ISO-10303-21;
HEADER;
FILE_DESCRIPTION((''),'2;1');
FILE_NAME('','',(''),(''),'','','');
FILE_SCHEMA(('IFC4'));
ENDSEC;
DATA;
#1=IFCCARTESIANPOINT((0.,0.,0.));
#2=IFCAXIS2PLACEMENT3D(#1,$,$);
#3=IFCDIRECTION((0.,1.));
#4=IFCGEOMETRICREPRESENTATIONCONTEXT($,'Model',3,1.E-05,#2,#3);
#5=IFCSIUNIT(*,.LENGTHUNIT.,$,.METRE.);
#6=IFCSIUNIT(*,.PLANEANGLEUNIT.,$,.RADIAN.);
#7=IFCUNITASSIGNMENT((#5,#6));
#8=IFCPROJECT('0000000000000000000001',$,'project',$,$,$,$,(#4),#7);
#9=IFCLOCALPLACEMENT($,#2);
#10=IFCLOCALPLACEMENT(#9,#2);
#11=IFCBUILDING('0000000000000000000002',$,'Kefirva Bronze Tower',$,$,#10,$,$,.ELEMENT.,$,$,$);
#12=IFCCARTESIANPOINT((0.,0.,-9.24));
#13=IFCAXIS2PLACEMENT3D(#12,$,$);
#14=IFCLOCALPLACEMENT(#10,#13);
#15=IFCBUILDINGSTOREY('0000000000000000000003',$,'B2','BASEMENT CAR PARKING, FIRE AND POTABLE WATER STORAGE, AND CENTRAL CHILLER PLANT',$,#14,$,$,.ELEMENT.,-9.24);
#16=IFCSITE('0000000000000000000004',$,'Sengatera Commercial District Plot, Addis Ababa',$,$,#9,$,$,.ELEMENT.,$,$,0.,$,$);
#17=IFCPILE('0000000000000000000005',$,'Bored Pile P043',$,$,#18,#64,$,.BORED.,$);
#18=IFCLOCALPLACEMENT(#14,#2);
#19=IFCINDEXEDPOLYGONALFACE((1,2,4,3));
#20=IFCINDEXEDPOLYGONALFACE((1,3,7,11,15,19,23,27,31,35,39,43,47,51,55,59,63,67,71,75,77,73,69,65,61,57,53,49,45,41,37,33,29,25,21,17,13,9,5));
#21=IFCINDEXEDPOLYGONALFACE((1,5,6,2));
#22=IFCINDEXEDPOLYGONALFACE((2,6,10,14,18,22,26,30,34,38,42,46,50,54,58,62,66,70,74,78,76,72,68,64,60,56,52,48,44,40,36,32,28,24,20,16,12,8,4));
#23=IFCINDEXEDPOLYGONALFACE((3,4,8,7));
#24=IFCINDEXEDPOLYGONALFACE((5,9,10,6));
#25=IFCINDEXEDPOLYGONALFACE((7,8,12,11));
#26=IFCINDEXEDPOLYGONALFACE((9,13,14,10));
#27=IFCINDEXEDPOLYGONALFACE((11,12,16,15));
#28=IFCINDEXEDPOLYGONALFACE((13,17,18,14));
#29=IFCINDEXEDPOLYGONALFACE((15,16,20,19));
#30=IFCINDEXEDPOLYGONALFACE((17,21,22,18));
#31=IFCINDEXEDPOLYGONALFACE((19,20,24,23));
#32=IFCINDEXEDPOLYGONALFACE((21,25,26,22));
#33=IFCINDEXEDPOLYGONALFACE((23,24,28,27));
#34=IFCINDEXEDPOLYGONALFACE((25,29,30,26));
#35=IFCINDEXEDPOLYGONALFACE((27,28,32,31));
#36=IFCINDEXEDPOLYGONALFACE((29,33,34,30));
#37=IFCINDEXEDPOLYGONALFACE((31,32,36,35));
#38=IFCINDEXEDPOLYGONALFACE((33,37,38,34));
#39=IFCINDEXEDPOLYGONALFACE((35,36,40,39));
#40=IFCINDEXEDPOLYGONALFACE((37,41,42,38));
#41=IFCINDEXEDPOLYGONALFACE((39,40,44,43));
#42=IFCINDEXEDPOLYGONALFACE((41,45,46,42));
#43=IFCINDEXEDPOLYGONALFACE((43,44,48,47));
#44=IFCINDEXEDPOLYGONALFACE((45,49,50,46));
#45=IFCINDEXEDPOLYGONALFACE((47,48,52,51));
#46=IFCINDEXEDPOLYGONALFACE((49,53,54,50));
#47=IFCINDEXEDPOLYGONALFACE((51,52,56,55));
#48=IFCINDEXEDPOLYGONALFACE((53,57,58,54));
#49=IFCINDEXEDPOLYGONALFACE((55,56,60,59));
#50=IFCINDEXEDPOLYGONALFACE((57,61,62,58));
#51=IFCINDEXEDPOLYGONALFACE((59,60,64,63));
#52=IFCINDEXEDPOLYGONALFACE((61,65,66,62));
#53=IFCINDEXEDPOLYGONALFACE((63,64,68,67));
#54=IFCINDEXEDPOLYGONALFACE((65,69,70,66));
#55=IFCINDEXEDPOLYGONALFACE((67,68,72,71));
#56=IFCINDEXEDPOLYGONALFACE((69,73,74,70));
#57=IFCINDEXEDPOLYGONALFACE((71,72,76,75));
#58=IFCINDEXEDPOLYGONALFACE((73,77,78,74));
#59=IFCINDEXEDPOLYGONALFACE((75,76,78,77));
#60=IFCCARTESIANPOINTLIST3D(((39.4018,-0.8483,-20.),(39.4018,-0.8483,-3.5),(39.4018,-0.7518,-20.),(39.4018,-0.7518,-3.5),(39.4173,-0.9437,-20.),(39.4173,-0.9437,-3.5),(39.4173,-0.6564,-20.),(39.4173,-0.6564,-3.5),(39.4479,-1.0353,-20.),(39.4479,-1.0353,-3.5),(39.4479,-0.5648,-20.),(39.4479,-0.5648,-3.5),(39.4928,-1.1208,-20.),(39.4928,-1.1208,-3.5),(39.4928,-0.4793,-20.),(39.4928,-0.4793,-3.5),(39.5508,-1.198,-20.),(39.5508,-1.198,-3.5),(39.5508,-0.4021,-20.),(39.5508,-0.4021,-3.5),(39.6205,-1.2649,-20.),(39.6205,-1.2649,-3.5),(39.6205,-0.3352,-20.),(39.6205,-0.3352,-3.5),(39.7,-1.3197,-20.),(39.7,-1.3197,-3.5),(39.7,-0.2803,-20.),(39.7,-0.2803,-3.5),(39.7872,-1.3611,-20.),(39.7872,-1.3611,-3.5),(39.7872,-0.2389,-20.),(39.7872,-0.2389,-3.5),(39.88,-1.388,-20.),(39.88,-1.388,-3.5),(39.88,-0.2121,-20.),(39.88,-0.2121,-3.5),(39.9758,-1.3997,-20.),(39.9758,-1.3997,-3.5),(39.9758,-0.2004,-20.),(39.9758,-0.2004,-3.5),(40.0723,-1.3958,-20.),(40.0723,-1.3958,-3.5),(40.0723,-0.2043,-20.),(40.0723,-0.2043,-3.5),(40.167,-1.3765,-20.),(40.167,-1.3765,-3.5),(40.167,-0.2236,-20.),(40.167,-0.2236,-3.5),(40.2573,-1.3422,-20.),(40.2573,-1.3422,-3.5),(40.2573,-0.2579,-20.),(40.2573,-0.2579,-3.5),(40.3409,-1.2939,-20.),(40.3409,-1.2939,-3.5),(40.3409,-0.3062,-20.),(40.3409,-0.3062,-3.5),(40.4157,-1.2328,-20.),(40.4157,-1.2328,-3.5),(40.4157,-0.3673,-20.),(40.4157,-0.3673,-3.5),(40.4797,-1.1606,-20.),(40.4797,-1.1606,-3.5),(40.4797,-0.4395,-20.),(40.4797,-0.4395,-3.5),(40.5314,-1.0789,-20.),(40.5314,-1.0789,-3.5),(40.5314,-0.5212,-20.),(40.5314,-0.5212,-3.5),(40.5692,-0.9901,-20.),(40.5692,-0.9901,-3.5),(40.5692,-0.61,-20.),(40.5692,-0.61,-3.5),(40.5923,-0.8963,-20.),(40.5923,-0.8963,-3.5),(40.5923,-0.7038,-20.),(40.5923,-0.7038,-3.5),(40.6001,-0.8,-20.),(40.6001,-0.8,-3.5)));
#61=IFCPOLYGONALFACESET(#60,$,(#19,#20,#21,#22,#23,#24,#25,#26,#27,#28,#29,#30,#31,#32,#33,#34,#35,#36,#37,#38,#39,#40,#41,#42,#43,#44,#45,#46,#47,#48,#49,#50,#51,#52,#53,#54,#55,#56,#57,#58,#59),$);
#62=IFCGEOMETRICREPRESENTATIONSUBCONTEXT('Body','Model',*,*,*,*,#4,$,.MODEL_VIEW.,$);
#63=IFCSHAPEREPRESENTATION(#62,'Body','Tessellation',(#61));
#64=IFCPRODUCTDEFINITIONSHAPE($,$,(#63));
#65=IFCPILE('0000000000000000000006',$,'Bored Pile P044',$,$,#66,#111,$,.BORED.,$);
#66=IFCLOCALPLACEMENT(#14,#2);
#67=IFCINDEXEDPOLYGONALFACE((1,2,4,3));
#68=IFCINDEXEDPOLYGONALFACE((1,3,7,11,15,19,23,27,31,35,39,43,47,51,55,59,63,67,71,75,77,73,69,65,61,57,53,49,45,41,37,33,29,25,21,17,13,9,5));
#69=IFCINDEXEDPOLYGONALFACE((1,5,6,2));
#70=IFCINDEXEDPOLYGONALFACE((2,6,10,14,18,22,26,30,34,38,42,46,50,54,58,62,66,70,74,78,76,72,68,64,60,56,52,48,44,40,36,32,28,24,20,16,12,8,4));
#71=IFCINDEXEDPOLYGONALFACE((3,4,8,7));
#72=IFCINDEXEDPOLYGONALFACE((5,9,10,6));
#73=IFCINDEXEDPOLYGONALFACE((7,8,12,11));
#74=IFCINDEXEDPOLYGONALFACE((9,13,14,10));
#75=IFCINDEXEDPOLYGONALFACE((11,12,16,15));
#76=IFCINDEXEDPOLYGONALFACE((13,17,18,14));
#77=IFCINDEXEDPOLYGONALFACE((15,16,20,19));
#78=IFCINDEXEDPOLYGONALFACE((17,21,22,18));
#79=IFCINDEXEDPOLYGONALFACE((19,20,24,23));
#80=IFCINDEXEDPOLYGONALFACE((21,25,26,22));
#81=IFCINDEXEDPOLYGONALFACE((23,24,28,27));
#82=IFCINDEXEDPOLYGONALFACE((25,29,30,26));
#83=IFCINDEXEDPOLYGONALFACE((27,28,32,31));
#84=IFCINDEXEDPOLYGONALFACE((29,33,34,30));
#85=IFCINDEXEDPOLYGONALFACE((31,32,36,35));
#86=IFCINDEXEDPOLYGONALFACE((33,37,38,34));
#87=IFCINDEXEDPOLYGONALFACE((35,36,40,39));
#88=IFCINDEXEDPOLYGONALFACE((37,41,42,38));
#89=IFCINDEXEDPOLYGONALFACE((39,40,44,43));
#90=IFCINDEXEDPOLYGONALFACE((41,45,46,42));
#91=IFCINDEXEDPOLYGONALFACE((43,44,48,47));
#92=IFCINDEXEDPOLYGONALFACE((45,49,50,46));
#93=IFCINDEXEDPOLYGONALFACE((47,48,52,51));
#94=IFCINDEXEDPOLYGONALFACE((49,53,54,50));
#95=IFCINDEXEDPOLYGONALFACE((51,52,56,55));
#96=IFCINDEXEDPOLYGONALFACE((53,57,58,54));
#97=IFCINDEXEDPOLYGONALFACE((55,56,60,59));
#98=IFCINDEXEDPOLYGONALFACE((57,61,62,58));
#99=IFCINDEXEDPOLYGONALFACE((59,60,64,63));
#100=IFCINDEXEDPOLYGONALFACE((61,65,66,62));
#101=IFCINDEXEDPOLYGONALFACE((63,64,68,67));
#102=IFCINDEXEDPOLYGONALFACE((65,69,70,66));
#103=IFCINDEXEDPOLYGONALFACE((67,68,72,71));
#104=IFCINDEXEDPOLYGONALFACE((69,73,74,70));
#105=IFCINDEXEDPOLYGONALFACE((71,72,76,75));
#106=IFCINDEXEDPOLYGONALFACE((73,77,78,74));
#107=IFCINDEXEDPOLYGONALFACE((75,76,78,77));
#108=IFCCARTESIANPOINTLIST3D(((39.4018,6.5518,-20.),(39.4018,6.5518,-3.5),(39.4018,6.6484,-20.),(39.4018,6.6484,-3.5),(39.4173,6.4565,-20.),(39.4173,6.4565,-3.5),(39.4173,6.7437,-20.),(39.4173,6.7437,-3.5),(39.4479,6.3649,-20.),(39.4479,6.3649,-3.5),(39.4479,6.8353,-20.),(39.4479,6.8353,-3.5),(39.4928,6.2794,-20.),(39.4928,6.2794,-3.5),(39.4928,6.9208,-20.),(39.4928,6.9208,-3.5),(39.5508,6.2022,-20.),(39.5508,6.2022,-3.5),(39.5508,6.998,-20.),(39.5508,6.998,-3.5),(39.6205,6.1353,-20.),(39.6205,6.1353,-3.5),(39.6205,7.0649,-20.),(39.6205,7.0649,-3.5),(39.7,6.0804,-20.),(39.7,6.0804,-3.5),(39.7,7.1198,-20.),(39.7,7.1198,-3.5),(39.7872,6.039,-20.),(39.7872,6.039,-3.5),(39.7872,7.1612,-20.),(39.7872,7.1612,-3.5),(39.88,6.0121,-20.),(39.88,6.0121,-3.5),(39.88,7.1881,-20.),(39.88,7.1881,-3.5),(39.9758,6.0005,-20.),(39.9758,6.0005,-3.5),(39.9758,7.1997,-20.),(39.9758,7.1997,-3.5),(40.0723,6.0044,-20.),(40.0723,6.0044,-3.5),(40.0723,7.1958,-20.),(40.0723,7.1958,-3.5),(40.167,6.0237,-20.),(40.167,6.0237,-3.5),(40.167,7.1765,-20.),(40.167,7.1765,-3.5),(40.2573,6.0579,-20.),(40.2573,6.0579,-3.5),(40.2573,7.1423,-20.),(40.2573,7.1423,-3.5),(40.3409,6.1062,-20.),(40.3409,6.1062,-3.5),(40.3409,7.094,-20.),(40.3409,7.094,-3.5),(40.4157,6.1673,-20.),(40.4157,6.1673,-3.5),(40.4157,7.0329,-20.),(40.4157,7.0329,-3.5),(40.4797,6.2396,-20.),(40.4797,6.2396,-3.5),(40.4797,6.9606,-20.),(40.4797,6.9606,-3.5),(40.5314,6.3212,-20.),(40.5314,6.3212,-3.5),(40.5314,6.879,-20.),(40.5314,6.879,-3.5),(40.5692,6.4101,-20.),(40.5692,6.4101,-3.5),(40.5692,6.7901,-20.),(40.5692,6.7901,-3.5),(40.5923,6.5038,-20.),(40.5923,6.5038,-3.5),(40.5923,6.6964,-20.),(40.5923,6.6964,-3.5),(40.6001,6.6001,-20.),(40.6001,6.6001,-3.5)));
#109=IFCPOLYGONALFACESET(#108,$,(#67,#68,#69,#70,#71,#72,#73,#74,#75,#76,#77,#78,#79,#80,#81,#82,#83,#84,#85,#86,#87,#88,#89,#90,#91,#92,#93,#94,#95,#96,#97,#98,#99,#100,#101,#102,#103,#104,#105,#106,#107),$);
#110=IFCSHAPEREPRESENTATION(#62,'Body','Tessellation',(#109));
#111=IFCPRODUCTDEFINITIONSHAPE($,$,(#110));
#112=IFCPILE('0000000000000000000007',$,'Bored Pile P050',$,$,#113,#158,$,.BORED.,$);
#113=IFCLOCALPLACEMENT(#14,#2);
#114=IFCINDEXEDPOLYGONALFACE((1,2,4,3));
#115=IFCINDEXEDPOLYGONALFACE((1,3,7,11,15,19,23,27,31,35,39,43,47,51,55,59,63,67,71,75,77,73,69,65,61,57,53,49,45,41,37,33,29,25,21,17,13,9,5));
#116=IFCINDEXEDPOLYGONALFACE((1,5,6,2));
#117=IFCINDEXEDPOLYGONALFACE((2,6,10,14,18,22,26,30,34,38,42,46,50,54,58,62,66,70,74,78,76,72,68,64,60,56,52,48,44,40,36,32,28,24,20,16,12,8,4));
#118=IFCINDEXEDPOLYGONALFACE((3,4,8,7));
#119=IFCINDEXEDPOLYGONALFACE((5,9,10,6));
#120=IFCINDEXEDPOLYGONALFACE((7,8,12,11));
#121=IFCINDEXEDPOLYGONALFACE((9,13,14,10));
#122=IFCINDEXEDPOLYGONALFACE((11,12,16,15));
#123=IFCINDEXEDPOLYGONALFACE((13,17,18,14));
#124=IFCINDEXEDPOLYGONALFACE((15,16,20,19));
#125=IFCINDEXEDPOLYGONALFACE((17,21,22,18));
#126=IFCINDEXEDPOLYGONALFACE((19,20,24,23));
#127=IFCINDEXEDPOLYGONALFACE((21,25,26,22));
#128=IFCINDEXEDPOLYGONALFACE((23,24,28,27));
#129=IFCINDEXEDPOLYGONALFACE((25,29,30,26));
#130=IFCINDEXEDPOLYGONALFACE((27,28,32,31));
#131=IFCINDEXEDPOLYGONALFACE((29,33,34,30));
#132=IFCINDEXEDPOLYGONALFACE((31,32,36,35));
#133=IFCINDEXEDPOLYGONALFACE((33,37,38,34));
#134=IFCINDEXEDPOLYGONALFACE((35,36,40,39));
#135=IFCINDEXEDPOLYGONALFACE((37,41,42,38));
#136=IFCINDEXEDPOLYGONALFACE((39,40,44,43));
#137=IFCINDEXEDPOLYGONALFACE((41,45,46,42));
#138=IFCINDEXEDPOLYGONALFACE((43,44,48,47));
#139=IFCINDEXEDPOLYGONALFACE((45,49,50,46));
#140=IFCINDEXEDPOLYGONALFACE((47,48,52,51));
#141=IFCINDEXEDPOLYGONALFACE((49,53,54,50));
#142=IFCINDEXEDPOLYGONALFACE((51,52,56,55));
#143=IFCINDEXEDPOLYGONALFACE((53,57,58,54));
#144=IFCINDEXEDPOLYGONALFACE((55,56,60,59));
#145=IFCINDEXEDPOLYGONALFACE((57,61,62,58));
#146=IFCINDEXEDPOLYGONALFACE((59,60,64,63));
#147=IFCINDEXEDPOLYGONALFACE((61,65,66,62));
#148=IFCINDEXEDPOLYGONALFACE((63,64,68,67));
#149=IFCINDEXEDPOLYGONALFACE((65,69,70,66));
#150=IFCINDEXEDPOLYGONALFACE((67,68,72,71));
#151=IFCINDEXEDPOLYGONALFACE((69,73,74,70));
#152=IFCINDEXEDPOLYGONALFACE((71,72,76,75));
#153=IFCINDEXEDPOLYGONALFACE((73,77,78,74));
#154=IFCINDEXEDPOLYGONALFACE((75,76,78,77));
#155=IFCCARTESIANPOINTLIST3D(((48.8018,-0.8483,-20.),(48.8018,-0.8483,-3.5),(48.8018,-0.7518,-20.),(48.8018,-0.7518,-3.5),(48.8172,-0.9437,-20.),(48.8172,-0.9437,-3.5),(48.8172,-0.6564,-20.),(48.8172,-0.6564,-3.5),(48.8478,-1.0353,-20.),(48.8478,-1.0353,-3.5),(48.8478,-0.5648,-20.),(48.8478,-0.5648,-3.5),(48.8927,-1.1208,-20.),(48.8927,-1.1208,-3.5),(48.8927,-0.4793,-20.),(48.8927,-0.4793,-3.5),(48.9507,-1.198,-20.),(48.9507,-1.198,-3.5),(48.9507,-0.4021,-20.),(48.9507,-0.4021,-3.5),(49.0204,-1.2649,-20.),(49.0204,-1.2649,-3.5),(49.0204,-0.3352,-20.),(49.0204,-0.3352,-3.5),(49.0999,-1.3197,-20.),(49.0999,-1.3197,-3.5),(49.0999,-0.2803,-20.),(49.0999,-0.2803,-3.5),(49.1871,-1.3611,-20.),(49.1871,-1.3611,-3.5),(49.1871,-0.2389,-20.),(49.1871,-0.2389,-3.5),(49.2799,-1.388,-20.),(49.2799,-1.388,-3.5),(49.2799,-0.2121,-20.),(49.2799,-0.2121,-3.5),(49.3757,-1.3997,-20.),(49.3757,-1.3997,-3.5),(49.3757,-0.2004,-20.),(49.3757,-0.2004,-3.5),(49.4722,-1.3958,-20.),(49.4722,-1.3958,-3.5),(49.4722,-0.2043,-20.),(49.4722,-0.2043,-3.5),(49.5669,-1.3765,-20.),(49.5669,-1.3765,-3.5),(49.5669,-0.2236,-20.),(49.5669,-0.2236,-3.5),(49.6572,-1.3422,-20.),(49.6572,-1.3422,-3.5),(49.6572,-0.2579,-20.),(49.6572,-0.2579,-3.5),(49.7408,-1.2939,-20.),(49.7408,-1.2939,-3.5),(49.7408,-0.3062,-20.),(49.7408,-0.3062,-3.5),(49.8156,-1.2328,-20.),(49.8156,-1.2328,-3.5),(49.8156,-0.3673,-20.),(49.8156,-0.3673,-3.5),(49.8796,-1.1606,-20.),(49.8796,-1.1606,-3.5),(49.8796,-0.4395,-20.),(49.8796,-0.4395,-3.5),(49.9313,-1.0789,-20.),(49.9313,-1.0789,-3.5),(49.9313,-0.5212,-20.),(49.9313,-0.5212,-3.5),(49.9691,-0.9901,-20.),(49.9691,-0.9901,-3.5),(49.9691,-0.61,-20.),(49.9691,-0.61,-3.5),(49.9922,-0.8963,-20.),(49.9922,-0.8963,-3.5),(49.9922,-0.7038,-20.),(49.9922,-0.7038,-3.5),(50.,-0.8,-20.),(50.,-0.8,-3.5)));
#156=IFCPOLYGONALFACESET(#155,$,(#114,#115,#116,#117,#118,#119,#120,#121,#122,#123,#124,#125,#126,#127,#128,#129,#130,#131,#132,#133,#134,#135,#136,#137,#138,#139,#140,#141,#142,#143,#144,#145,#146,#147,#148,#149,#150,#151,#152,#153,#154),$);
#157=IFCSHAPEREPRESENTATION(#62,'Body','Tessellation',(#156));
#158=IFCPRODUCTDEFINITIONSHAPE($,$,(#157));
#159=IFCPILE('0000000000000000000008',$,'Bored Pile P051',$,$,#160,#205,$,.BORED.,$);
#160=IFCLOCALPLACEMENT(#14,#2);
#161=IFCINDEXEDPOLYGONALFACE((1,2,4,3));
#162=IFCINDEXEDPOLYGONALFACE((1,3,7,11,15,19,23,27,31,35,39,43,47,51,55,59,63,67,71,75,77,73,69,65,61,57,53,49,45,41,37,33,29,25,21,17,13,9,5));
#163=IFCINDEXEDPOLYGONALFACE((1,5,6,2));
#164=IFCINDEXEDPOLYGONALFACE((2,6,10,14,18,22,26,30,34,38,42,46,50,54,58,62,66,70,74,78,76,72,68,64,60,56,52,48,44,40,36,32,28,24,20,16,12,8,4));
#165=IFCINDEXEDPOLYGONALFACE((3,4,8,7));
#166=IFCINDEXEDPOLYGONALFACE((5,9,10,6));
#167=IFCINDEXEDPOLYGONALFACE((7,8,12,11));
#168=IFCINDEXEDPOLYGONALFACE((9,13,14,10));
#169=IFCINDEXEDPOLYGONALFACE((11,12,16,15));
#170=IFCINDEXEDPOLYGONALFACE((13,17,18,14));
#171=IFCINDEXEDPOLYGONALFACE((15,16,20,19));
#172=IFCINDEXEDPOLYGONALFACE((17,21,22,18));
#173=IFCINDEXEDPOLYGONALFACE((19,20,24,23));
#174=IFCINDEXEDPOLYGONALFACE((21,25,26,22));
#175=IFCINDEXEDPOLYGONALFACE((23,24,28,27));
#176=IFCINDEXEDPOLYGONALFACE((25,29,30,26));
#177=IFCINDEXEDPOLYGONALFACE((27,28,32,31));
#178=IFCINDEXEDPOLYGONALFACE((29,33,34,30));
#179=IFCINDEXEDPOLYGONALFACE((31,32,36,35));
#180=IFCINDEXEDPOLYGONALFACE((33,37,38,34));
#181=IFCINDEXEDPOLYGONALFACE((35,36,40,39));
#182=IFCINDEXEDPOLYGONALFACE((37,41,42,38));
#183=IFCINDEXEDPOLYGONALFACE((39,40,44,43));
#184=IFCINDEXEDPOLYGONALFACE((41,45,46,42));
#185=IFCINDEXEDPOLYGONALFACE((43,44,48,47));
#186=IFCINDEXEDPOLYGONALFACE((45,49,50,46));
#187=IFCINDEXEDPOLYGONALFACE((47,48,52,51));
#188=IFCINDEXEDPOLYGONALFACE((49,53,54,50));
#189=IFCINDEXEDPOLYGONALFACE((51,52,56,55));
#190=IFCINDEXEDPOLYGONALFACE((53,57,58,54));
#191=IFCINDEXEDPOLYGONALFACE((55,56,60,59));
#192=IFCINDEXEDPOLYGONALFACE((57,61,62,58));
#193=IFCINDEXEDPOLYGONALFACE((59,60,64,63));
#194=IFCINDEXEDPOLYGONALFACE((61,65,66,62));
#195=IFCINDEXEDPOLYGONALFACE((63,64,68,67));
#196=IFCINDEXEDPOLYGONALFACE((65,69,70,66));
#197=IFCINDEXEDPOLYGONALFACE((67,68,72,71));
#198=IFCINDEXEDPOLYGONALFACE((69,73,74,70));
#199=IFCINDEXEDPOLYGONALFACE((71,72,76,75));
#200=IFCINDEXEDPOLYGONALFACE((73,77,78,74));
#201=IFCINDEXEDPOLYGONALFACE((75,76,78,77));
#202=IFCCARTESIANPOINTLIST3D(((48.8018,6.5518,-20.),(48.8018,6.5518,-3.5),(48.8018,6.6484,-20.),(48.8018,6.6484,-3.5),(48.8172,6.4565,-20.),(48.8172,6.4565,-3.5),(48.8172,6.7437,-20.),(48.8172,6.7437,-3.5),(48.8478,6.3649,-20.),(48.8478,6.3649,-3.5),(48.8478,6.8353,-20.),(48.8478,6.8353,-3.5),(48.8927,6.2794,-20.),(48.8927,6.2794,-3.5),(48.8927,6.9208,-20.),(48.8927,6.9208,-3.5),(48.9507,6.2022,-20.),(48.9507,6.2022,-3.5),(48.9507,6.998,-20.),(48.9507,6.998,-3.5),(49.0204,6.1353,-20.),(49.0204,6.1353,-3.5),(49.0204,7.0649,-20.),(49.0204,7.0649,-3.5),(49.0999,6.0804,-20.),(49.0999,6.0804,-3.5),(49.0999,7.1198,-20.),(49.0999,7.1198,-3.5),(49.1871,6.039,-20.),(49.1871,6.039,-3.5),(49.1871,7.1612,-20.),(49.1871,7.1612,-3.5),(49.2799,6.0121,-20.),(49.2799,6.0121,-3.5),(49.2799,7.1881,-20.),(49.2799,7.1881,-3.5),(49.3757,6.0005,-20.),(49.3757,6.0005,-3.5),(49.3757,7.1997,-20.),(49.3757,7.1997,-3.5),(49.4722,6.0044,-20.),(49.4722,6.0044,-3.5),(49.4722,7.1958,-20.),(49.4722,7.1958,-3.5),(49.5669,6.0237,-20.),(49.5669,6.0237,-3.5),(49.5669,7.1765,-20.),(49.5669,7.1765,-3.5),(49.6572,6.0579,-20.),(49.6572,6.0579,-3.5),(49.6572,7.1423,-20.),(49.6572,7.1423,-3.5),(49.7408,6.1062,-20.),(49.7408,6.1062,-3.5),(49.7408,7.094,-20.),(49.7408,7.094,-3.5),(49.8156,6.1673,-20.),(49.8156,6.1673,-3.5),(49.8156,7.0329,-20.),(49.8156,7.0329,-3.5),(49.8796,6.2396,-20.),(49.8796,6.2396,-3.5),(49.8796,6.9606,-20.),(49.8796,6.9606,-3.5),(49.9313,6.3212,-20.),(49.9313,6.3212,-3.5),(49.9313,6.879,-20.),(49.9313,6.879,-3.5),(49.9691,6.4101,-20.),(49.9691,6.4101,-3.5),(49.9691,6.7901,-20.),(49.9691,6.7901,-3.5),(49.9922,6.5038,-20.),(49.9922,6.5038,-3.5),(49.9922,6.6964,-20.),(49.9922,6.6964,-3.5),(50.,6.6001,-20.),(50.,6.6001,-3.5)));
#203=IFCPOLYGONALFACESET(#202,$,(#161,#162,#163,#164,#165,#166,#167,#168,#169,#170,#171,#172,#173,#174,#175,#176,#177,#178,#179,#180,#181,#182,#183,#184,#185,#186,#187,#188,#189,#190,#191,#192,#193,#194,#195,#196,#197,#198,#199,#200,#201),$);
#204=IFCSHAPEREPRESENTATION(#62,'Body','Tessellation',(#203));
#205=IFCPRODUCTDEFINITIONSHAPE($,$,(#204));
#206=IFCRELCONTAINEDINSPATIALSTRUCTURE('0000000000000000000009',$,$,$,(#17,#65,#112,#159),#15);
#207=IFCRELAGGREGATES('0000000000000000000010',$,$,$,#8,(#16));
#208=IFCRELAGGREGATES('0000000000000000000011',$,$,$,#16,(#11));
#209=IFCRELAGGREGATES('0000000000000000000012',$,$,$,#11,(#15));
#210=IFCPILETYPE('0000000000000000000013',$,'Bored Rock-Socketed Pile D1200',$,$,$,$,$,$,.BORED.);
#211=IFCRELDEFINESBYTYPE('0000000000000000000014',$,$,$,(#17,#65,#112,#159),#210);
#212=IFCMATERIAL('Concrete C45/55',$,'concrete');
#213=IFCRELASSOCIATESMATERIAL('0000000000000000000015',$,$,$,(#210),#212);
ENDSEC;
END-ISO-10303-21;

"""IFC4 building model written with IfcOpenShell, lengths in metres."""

from ifc_helpers import new_model, si_unit, direction, frame, origin, origin_2d, place, context, subcontext, project, spatial, circle, extrude, material, material_profile, profile_set, type_object, element, save


model = new_model("IFC4")

# Units and contexts
model_context = context("Model", 3, precision=1e-05, world=origin(), true_north=direction((0.0, 1.0)))
body_context = subcontext(model_context, "Body", "Model", "MODEL_VIEW")
ifc_project = project(units=[si_unit("LENGTHUNIT", "METRE"), si_unit("PLANEANGLEUNIT", "RADIAN")], contexts=[model_context])

# Site, building, storey
site_placement = place(None, origin())
site = spatial("IfcSite", under=ifc_project, at=site_placement, Name="Sengatera Commercial District Plot, Addis Ababa", CompositionType="ELEMENT", RefElevation=0.0)
building_placement = place(site_placement, origin())
building = spatial("IfcBuilding", under=site, at=building_placement, Name="Kefirva Bronze Tower", CompositionType="ELEMENT")
storey_placement = place(building_placement, frame((0.0, 0.0, -9.24)))
storey = spatial("IfcBuildingStorey", under=building, at=storey_placement, Name="B2", Description="BASEMENT CAR PARKING, FIRE AND POTABLE WATER STORAGE, AND CENTRAL CHILLER PLANT", CompositionType="ELEMENT", Elevation=-9.24)

# Piles
ifc_material_1 = material(Name="Concrete C45/55", Category="concrete")
ifc_material_profile_1 = material_profile(ifc_material_1, circle(Radius=0.6001, at=origin_2d()), Name="BORED PILE D1200")
ifc_profile_set_1 = profile_set([ifc_material_profile_1], Name="Concrete C45/55")
pile_type = type_object("IfcPileType", Name="Bored Rock-Socketed Pile D1200", PredefinedType="BORED", material=ifc_profile_set_1)
for number, where, z_axis, x_axis, name in (
    (1, (40.0, -0.8, -3.5), (0.0, 0.0, -1.0), (1.0, 0.0, 0.0), "Bored Pile P043"),
    (2, (40.0, 6.6001, -3.5), (0.0, 0.0, -1.0), (1.0, 0.0, 0.0), "Bored Pile P044"),
    (3, (49.3999, -0.8, -3.5), (0.0, 0.0, -1.0), (1.0, 0.0, 0.0), "Bored Pile P050"),
    (4, (49.3999, 6.6001, -3.5), (0.0, 0.0, -1.0), (1.0, 0.0, 0.0), "Bored Pile P051"),
):
    element("IfcPile", number, at=place(storey_placement, frame(where, z_axis=z_axis, x_axis=x_axis)), inside=storey, type_object=pile_type, Name=name, PredefinedType="BORED", context=body_context, shape_type="SweptSolid", body=[
        extrude(circle(Radius=0.6001, at=origin_2d()), origin(), (0.0, 0.0, 1.0), 16.5),
    ])

save(model, "model.ifc")
